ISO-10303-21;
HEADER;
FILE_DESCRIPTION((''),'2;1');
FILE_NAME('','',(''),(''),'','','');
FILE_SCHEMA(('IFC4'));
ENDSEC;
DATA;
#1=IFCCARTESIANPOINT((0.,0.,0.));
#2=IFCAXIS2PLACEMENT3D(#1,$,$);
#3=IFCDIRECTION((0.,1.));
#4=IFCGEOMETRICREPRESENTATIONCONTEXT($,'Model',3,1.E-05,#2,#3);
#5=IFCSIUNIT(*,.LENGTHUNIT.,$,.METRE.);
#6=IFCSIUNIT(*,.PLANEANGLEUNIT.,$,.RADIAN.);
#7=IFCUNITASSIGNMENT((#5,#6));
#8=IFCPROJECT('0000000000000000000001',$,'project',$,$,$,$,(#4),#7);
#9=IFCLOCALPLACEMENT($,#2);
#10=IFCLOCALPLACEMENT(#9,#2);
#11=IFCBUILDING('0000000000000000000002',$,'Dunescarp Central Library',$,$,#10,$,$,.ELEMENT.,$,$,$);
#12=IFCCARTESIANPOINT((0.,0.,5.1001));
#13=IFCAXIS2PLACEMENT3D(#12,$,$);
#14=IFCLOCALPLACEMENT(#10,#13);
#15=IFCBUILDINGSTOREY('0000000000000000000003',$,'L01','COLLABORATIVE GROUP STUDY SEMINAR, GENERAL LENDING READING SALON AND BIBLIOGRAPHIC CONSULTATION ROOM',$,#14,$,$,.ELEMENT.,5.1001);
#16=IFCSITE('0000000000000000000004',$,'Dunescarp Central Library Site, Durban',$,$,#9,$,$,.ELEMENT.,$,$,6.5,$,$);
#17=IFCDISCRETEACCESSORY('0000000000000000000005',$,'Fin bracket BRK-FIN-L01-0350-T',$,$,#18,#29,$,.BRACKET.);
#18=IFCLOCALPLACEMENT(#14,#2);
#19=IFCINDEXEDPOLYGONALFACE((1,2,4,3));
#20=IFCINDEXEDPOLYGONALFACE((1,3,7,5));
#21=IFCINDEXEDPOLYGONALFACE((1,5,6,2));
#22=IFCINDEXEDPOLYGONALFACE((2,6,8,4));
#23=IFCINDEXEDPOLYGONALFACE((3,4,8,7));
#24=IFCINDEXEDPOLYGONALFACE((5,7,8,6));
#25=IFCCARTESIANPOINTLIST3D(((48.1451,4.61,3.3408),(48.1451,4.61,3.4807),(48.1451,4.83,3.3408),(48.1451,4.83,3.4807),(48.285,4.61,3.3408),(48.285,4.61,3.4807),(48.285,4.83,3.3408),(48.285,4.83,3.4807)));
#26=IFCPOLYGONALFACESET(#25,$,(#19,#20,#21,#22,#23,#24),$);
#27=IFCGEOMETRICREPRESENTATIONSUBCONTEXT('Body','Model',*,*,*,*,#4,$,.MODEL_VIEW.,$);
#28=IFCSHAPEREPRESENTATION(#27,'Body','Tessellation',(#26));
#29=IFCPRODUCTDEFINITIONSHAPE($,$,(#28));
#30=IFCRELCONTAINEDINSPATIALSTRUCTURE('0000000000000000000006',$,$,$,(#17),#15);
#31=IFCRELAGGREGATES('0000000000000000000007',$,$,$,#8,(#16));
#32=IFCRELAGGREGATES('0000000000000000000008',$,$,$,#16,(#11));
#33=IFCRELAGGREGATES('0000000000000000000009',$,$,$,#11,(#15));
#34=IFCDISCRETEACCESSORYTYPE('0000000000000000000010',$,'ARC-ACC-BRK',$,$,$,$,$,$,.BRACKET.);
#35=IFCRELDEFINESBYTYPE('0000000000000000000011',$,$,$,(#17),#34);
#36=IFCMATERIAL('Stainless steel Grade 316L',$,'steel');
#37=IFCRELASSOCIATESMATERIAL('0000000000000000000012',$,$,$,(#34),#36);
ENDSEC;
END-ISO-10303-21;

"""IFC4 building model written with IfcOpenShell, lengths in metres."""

from ifc_helpers import new_model, si_unit, direction, frame, origin, origin_2d, place, context, subcontext, project, spatial, rectangle, extrude, material, type_object, element, save


model = new_model("IFC4")

# Units and contexts
model_context = context("Model", 3, precision=1e-05, world=origin(), true_north=direction((0.0, 1.0)))
body_context = subcontext(model_context, "Body", "Model", "MODEL_VIEW")
ifc_project = project(units=[si_unit("LENGTHUNIT", "METRE"), si_unit("PLANEANGLEUNIT", "RADIAN")], contexts=[model_context])

# Site, building, storey
site_placement = place(None, origin())
site = spatial("IfcSite", under=ifc_project, at=site_placement, Name="Dunescarp Central Library Site, Durban", CompositionType="ELEMENT", RefElevation=6.5)
building_placement = place(site_placement, origin())
building = spatial("IfcBuilding", under=site, at=building_placement, Name="Dunescarp Central Library", CompositionType="ELEMENT")
storey_placement = place(building_placement, frame((0.0, 0.0, 5.1001)))
storey = spatial("IfcBuildingStorey", under=building, at=storey_placement, Name="L01", Description="COLLABORATIVE GROUP STUDY SEMINAR, GENERAL LENDING READING SALON AND BIBLIOGRAPHIC CONSULTATION ROOM", CompositionType="ELEMENT", Elevation=5.1001)

# Discrete accessory
ifc_material_1 = material(Name="Stainless steel Grade 316L", Category="steel")
discrete_accessory_type = type_object("IfcDiscreteAccessoryType", Name="ARC-ACC-BRK", PredefinedType="BRACKET", material=ifc_material_1)
for number, where, z_axis, x_axis, name in (
    (1, (48.2151, 4.72, 3.3408), (0.0, 0.0, 1.0), (0.0, -1.0, 0.0), "Fin bracket BRK-FIN-L01-0350-T"),
):
    element("IfcDiscreteAccessory", number, at=place(storey_placement, frame(where, z_axis=z_axis, x_axis=x_axis)), inside=storey, type_object=discrete_accessory_type, Name=name, PredefinedType="BRACKET", context=body_context, shape_type="SweptSolid", body=[
        extrude(rectangle(XDim=0.22, YDim=0.1399, at=origin_2d()), origin(), (0.0, 0.0, 1.0), 0.1399),
    ])

save(model, "model.ifc")
